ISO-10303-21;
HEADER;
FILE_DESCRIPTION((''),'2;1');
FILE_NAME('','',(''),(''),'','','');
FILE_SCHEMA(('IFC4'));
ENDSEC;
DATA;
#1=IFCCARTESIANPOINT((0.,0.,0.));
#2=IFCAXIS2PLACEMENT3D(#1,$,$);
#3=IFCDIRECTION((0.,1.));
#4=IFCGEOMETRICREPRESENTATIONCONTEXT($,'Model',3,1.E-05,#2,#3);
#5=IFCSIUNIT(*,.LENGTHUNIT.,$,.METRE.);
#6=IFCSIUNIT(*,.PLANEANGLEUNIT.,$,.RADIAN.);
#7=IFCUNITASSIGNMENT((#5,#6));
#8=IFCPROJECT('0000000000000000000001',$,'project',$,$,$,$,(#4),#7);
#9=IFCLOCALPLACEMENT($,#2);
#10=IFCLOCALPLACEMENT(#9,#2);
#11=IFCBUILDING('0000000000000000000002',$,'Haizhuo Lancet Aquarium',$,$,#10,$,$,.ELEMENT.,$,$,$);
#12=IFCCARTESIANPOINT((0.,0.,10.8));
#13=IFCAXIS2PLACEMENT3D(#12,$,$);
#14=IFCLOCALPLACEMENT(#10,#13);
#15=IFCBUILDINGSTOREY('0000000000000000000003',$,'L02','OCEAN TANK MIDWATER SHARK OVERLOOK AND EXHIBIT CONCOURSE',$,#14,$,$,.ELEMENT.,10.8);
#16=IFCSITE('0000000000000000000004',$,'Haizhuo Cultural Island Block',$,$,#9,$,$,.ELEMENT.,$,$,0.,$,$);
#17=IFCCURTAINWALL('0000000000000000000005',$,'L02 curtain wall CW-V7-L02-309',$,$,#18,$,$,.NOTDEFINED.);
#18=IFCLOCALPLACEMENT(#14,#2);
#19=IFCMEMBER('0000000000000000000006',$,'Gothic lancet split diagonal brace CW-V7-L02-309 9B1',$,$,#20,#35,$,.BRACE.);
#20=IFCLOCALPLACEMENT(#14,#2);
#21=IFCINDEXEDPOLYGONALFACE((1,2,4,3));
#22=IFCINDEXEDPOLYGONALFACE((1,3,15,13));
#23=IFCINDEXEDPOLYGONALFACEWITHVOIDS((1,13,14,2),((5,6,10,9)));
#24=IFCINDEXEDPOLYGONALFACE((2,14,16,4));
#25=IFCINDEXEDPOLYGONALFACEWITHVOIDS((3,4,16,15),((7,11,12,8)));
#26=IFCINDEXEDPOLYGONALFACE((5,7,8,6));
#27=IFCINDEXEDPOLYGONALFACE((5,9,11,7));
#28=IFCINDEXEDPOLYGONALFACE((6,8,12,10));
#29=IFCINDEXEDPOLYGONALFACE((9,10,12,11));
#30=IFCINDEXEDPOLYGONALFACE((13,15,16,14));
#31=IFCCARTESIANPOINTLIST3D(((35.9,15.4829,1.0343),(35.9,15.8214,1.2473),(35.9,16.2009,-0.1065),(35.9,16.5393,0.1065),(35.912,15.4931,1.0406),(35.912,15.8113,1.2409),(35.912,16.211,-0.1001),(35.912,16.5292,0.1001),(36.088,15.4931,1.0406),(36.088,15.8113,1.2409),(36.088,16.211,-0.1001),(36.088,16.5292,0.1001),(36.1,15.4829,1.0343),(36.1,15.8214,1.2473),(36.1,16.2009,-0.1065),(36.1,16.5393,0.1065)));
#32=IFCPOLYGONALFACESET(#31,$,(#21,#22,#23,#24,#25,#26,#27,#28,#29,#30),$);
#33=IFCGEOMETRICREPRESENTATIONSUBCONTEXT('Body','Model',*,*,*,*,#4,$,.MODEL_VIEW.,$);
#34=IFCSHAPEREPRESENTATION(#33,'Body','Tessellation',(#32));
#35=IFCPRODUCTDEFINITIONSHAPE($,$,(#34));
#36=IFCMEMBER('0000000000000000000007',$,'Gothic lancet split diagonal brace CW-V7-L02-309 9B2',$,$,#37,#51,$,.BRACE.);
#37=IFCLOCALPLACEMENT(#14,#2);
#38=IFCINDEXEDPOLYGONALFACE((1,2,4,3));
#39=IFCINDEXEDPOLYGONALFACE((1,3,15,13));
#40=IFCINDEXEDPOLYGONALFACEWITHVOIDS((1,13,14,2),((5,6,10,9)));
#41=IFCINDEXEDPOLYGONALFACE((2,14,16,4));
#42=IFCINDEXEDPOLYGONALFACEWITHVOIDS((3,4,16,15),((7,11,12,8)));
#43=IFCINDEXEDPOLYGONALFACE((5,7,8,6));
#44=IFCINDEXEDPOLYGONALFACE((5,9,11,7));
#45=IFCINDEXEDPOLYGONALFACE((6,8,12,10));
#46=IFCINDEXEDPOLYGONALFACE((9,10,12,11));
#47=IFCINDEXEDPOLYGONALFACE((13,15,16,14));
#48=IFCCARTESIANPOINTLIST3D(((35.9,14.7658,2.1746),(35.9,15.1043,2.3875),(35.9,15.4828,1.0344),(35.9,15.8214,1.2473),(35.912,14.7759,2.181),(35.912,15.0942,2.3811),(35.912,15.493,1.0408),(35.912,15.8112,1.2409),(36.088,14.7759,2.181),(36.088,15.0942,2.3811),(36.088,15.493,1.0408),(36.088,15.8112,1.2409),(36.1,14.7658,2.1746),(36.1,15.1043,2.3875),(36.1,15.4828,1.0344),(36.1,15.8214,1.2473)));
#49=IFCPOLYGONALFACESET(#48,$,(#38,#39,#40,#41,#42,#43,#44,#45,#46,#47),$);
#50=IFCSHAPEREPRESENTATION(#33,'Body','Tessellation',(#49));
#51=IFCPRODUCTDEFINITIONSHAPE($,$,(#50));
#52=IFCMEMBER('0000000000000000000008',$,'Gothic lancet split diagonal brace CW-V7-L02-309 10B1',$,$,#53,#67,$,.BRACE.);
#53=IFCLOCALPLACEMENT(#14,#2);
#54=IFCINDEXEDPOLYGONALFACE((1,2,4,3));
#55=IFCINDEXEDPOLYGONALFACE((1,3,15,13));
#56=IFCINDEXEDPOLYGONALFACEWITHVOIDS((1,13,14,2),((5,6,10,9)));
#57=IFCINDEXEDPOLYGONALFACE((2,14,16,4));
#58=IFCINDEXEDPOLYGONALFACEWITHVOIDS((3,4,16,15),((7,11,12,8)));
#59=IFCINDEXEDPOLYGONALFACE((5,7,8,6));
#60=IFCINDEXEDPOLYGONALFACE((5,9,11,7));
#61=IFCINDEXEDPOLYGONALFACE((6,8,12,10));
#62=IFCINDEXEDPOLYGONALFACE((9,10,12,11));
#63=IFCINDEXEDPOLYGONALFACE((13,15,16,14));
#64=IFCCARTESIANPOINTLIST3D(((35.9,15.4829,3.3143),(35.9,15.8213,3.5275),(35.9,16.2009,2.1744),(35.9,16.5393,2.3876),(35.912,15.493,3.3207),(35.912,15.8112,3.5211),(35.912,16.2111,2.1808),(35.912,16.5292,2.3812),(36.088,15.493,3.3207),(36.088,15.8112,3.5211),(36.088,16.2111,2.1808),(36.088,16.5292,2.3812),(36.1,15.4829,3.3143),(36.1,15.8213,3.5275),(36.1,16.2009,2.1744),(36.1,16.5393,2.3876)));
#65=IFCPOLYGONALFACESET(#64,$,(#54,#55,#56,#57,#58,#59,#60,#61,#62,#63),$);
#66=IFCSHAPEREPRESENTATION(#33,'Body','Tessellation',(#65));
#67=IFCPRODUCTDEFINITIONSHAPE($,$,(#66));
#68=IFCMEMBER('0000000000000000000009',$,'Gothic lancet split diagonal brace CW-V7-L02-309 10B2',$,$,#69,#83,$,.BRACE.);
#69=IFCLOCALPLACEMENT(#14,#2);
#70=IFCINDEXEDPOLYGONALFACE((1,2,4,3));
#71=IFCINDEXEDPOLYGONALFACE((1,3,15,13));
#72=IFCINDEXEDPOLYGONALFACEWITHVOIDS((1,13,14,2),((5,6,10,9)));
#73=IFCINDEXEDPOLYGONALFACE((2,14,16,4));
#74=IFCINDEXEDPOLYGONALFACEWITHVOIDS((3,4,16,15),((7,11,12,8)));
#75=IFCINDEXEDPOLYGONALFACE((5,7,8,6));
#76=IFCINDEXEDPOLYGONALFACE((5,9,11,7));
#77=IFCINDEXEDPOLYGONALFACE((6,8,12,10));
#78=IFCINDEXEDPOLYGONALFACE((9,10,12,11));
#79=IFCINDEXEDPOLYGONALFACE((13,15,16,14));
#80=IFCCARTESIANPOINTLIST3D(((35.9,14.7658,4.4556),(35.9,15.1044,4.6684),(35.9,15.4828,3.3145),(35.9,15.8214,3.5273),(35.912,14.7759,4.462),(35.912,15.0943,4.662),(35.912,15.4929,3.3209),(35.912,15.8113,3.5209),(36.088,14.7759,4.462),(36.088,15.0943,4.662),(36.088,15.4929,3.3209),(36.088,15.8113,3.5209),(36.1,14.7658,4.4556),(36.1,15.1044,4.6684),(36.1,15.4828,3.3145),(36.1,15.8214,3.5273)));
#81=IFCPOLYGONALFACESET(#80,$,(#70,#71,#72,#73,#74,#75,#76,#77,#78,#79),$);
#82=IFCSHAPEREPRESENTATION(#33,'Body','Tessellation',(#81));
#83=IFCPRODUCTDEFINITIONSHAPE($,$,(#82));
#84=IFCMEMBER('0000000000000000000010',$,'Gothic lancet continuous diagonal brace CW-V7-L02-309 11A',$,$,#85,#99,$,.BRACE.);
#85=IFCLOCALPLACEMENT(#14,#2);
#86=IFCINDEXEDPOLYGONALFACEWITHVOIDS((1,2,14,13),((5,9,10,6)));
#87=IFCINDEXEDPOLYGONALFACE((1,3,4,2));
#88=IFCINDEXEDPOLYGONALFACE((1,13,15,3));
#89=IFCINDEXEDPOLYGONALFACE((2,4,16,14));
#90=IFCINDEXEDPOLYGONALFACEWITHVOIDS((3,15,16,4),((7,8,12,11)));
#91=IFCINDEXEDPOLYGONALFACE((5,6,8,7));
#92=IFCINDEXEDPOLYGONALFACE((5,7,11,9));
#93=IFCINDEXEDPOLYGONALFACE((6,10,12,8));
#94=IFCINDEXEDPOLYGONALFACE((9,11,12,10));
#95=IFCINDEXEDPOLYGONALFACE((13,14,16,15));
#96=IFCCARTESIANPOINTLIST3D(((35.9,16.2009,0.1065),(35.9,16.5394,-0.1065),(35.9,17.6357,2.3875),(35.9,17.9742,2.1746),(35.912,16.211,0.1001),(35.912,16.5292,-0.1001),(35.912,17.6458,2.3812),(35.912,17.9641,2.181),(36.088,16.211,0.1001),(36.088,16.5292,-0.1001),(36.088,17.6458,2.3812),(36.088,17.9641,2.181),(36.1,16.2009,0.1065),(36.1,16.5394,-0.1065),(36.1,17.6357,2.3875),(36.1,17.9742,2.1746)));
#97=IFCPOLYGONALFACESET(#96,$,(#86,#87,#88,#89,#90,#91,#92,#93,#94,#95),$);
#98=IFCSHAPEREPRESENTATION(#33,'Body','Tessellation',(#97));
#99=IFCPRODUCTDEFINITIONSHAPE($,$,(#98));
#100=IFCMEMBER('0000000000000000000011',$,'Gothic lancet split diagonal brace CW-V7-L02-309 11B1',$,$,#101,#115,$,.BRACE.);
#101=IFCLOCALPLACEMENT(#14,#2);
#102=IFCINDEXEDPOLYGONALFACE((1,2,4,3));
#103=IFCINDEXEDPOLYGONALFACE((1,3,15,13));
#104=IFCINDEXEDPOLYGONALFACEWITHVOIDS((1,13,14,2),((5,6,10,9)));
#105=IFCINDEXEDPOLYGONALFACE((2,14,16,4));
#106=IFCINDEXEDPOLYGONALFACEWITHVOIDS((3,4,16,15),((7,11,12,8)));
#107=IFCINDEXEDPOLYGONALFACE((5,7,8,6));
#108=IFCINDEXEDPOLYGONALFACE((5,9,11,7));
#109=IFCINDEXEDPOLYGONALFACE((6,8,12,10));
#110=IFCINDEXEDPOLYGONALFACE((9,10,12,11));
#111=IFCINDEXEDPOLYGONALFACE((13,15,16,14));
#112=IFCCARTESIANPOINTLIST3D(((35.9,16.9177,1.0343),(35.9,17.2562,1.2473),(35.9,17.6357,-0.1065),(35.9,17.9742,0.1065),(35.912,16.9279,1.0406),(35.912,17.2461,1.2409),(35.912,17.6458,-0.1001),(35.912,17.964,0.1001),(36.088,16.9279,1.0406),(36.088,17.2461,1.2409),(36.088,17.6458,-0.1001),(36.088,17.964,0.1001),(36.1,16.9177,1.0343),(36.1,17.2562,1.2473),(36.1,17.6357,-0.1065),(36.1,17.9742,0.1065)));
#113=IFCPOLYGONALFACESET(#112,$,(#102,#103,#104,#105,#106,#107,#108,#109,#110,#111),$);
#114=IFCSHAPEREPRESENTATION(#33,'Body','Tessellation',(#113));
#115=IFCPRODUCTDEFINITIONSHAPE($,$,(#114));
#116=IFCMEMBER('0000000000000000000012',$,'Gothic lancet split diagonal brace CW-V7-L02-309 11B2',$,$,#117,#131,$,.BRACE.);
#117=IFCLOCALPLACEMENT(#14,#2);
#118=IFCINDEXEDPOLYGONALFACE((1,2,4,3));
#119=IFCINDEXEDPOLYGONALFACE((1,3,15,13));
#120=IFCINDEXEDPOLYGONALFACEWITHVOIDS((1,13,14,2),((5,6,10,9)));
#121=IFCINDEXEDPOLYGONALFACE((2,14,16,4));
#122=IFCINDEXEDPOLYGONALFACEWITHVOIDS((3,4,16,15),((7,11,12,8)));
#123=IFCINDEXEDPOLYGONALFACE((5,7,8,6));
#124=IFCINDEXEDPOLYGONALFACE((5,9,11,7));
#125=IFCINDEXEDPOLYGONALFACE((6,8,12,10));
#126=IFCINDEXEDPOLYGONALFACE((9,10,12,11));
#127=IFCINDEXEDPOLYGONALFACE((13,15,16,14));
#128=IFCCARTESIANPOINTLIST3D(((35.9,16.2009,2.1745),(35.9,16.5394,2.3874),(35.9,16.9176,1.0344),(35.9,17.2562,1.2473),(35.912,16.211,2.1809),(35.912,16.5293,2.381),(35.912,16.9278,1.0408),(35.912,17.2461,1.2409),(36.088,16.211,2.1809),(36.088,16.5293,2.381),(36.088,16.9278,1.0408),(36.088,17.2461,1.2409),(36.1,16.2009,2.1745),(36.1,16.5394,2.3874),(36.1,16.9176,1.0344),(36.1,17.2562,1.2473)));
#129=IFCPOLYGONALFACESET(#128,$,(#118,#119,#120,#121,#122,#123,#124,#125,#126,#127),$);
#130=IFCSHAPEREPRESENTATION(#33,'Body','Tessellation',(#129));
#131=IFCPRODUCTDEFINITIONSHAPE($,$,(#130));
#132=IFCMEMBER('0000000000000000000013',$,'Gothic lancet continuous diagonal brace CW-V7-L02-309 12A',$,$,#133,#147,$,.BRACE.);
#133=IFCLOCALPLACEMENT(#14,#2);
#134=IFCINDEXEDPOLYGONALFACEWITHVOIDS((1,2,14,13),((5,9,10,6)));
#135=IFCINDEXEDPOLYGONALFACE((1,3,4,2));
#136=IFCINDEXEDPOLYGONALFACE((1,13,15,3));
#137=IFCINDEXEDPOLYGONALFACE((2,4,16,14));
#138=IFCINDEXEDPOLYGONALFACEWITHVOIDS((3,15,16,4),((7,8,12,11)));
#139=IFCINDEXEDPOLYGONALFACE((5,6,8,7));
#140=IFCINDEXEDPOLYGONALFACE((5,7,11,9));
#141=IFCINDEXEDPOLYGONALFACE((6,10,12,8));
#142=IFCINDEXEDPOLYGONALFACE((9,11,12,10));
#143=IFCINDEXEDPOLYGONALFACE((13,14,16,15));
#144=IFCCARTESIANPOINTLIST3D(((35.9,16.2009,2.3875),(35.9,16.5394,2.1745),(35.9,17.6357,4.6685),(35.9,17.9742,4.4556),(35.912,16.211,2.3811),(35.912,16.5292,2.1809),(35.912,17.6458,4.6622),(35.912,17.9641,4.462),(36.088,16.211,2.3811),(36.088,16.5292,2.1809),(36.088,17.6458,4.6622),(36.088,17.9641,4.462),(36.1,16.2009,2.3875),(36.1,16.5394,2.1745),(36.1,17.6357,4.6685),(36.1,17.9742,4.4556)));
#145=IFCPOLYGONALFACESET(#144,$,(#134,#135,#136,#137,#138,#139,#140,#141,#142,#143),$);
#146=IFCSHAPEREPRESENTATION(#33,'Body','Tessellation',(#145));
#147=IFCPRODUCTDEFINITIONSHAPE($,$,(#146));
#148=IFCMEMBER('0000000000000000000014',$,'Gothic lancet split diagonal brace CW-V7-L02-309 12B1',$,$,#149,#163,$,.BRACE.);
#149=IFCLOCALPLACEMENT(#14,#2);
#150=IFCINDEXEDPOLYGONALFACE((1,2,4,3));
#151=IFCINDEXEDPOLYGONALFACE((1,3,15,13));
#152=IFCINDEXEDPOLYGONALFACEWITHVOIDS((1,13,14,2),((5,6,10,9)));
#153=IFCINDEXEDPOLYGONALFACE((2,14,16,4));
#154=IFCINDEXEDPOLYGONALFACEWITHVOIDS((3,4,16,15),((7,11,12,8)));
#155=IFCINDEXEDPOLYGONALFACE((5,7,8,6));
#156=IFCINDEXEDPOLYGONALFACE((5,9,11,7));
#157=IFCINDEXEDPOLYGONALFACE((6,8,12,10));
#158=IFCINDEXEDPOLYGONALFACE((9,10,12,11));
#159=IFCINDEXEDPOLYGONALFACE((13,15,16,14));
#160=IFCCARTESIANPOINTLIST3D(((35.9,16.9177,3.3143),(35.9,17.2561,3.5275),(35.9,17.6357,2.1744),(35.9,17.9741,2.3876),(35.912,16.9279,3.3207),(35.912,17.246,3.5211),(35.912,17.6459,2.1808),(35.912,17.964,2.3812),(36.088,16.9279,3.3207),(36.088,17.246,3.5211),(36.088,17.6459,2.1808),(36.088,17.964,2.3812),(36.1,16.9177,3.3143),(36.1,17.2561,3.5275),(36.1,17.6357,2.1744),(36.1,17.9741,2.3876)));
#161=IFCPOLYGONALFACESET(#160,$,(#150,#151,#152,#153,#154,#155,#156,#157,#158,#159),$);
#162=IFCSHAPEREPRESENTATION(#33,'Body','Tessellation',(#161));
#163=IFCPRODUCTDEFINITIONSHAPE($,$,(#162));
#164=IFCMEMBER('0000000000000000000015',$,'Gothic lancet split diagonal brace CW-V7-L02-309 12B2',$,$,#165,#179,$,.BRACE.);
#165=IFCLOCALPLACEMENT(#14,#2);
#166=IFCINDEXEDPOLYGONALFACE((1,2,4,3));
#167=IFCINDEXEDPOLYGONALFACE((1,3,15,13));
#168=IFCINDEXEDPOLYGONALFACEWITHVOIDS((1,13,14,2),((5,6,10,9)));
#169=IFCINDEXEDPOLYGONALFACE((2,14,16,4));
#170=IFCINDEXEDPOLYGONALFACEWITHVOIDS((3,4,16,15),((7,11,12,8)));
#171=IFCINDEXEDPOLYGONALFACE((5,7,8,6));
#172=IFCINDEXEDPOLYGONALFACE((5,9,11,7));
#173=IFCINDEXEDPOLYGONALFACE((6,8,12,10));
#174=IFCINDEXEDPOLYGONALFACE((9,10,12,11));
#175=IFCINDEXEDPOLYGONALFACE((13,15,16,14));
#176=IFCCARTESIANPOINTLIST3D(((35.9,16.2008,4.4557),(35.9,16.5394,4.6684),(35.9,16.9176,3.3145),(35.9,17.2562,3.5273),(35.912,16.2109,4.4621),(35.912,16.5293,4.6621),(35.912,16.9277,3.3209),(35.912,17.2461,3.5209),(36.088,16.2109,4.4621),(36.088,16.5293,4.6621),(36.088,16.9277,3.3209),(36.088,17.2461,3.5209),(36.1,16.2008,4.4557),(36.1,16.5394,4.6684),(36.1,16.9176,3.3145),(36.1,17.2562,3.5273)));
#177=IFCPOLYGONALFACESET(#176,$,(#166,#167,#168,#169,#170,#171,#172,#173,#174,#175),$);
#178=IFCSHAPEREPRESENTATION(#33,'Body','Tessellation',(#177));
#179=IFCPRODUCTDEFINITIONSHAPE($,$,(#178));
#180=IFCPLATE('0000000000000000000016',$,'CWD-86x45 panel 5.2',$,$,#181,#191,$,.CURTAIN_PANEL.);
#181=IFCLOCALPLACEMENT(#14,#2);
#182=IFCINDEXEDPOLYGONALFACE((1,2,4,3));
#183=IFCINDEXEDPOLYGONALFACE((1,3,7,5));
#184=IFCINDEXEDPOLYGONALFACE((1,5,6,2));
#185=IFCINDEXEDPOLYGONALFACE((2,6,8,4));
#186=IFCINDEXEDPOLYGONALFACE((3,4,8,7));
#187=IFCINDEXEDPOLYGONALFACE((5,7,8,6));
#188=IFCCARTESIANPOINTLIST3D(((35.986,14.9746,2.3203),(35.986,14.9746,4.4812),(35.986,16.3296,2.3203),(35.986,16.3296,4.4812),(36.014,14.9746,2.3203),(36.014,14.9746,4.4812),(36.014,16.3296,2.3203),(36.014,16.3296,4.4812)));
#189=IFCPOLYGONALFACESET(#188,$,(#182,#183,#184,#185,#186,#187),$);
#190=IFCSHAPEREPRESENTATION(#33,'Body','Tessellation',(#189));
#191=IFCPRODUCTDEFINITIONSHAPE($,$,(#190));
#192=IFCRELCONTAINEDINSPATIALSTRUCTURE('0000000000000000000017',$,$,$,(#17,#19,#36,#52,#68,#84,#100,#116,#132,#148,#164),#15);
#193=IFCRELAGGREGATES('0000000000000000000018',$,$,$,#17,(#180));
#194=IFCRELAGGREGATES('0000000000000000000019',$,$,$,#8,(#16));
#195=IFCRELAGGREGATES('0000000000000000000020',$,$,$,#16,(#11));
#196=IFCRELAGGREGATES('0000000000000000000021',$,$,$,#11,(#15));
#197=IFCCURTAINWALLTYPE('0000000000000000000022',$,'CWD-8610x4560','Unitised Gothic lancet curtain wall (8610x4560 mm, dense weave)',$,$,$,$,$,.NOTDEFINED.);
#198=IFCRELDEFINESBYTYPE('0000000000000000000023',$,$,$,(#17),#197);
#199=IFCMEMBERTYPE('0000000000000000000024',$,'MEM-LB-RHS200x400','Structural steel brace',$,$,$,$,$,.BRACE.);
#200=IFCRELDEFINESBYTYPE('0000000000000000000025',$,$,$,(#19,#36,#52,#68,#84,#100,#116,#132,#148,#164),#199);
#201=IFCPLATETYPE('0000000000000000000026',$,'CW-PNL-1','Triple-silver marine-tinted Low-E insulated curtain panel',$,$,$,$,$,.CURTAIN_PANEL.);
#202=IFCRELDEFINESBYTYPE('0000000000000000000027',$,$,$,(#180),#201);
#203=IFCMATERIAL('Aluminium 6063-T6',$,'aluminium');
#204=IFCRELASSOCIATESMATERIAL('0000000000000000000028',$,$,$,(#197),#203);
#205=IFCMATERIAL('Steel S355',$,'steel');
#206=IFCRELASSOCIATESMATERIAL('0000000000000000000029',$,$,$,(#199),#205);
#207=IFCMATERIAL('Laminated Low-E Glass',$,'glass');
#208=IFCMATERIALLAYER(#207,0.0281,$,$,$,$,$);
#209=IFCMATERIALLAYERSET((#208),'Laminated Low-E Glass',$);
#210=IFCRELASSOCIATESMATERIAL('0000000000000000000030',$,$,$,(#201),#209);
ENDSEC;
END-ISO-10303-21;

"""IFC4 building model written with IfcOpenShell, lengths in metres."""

from ifc_helpers import new_model, si_unit, direction, frame, origin, origin_2d, place, context, subcontext, project, spatial, rectangle, hollow_rectangle, extrude, material, layer, layer_set, material_profile, profile_set, type_object, element, aggregate, save


model = new_model("IFC4")

# Units and contexts
model_context = context("Model", 3, precision=1e-05, world=origin(), true_north=direction((0.0, 1.0)))
body_context = subcontext(model_context, "Body", "Model", "MODEL_VIEW")
ifc_project = project(units=[si_unit("LENGTHUNIT", "METRE"), si_unit("PLANEANGLEUNIT", "RADIAN")], contexts=[model_context])

# Site, building, storey
site_placement = place(None, origin())
site = spatial("IfcSite", under=ifc_project, at=site_placement, Name="Haizhuo Cultural Island Block", CompositionType="ELEMENT", RefElevation=0.0)
building_placement = place(site_placement, origin())
building = spatial("IfcBuilding", under=site, at=building_placement, Name="Haizhuo Lancet Aquarium", CompositionType="ELEMENT")
storey_placement = place(building_placement, frame((0.0, 0.0, 10.8)))
storey = spatial("IfcBuildingStorey", under=building, at=storey_placement, Name="L02", Description="OCEAN TANK MIDWATER SHARK OVERLOOK AND EXHIBIT CONCOURSE", CompositionType="ELEMENT", Elevation=10.8)

# Shared definitions
ifc_material_1 = material(Name="Steel S355", Category="steel")

# Curtain wall
ifc_material_2 = material(Name="Aluminium 6063-T6", Category="aluminium")
curtain_wall_type = type_object("IfcCurtainWallType", Name="CWD-8610x4560", Description="Unitised Gothic lancet curtain wall (8610x4560 mm, dense weave)", PredefinedType="NOTDEFINED", material=ifc_material_2)
curtain_wall_placement = place(storey_placement, origin())
curtain_wall = element("IfcCurtainWall", 1, at=curtain_wall_placement, inside=storey, type_object=curtain_wall_type, Name="L02 curtain wall CW-V7-L02-309", PredefinedType="NOTDEFINED")

# Members
ifc_material_profile_1 = material_profile(ifc_material_1, hollow_rectangle(XDim=0.2, YDim=0.3999, WallThickness=0.012, at=origin_2d()), Name="RHS 200x400x12")
ifc_profile_set_1 = profile_set([ifc_material_profile_1], Name="Steel S355")
member_type_1 = type_object("IfcMemberType", Name="MEM-LB-RHS200x400", Description="Structural steel brace", PredefinedType="BRACE", material=ifc_profile_set_1)
member_1_placement = place(storey_placement, frame((36.0, 16.3701, 0.0), z_axis=(0.0, -0.53265, 0.846336), x_axis=(1.0, 0.0, 0.0)))
element("IfcMember", 2, at=member_1_placement, inside=storey, type_object=member_type_1, Name="Gothic lancet split diagonal brace CW-V7-L02-309 9B1", PredefinedType="BRACE", context=body_context, shape_type="SweptSolid", body=[
    extrude(hollow_rectangle(XDim=0.2, YDim=0.3999, WallThickness=0.012, at=origin_2d()), origin(), (0.0, 0.0, 1.0), 1.3479),
])
member_2_placement = place(storey_placement, frame((36.0, 15.6521, 1.1409), z_axis=(0.0, -0.532376, 0.846508), x_axis=(1.0, 0.0, 0.0)))
element("IfcMember", 3, at=member_2_placement, inside=storey, type_object=member_type_1, Name="Gothic lancet split diagonal brace CW-V7-L02-309 9B2", PredefinedType="BRACE", context=body_context, shape_type="SweptSolid", body=[
    extrude(hollow_rectangle(XDim=0.2, YDim=0.3999, WallThickness=0.012, at=origin_2d()), origin(), (0.0, 0.0, 1.0), 1.3469),
])
member_3_placement = place(storey_placement, frame((36.0, 16.3701, 2.281), z_axis=(0.0, -0.532977, 0.84613), x_axis=(1.0, 0.0, 0.0)))
element("IfcMember", 4, at=member_3_placement, inside=storey, type_object=member_type_1, Name="Gothic lancet split diagonal brace CW-V7-L02-309 10B1", PredefinedType="BRACE", context=body_context, shape_type="SweptSolid", body=[
    extrude(hollow_rectangle(XDim=0.2, YDim=0.3999, WallThickness=0.012, at=origin_2d()), origin(), (0.0, 0.0, 1.0), 1.3472),
])
member_4_placement = place(storey_placement, frame((36.0, 15.6521, 3.4209), z_axis=(0.0, -0.532049, 0.846713), x_axis=(1.0, 0.0, 0.0)))
element("IfcMember", 5, at=member_4_placement, inside=storey, type_object=member_type_1, Name="Gothic lancet split diagonal brace CW-V7-L02-309 10B2", PredefinedType="BRACE", context=body_context, shape_type="SweptSolid", body=[
    extrude(hollow_rectangle(XDim=0.2, YDim=0.3999, WallThickness=0.012, at=origin_2d()), origin(), (0.0, 0.0, 1.0), 1.3477),
])
member_5_placement = place(storey_placement, frame((36.0, 16.3701, 0.0), z_axis=(0.0, 0.532448, 0.846463), x_axis=(-1.0, 0.0, 0.0)))
element("IfcMember", 6, at=member_5_placement, inside=storey, type_object=member_type_1, Name="Gothic lancet continuous diagonal brace CW-V7-L02-309 11A", PredefinedType="BRACE", context=body_context, shape_type="SweptSolid", body=[
    extrude(hollow_rectangle(XDim=0.2, YDim=0.3999, WallThickness=0.012, at=origin_2d()), origin(), (0.0, 0.0, 1.0), 2.6948),
])
member_6_placement = place(storey_placement, frame((36.0, 17.8049, 0.0), z_axis=(0.0, -0.53265, 0.846336), x_axis=(1.0, 0.0, 0.0)))
element("IfcMember", 7, at=member_6_placement, inside=storey, type_object=member_type_1, Name="Gothic lancet split diagonal brace CW-V7-L02-309 11B1", PredefinedType="BRACE", context=body_context, shape_type="SweptSolid", body=[
    extrude(hollow_rectangle(XDim=0.2, YDim=0.3999, WallThickness=0.012, at=origin_2d()), origin(), (0.0, 0.0, 1.0), 1.3479),
])
member_7_placement = place(storey_placement, frame((36.0, 17.0869, 1.1409), z_axis=(0.0, -0.532246, 0.84659), x_axis=(1.0, 0.0, 0.0)))
element("IfcMember", 8, at=member_7_placement, inside=storey, type_object=member_type_1, Name="Gothic lancet split diagonal brace CW-V7-L02-309 11B2", PredefinedType="BRACE", context=body_context, shape_type="SweptSolid", body=[
    extrude(hollow_rectangle(XDim=0.2, YDim=0.3999, WallThickness=0.012, at=origin_2d()), origin(), (0.0, 0.0, 1.0), 1.3467),
])
member_8_placement = place(storey_placement, frame((36.0, 16.3701, 2.281), z_axis=(0.0, 0.532448, 0.846463), x_axis=(-1.0, 0.0, 0.0)))
element("IfcMember", 9, at=member_8_placement, inside=storey, type_object=member_type_1, Name="Gothic lancet continuous diagonal brace CW-V7-L02-309 12A", PredefinedType="BRACE", context=body_context, shape_type="SweptSolid", body=[
    extrude(hollow_rectangle(XDim=0.2, YDim=0.3999, WallThickness=0.012, at=origin_2d()), origin(), (0.0, 0.0, 1.0), 2.6948),
])
member_9_placement = place(storey_placement, frame((36.0, 17.8049, 2.281), z_axis=(0.0, -0.532977, 0.84613), x_axis=(1.0, 0.0, 0.0)))
element("IfcMember", 10, at=member_9_placement, inside=storey, type_object=member_type_1, Name="Gothic lancet split diagonal brace CW-V7-L02-309 12B1", PredefinedType="BRACE", context=body_context, shape_type="SweptSolid", body=[
    extrude(hollow_rectangle(XDim=0.2, YDim=0.3999, WallThickness=0.012, at=origin_2d()), origin(), (0.0, 0.0, 1.0), 1.3472),
])
member_10_placement = place(storey_placement, frame((36.0, 17.0869, 3.4209), z_axis=(0.0, -0.531919, 0.846795), x_axis=(1.0, 0.0, 0.0)))
element("IfcMember", 11, at=member_10_placement, inside=storey, type_object=member_type_1, Name="Gothic lancet split diagonal brace CW-V7-L02-309 12B2", PredefinedType="BRACE", context=body_context, shape_type="SweptSolid", body=[
    extrude(hollow_rectangle(XDim=0.2, YDim=0.3999, WallThickness=0.012, at=origin_2d()), origin(), (0.0, 0.0, 1.0), 1.3477),
])

# Plate
ifc_material_3 = material(Name="Laminated Low-E Glass", Category="glass")
ifc_layer = layer(ifc_material_3, 0.0281)
ifc_layer_set = layer_set([ifc_layer], Name="Laminated Low-E Glass")
plate_type = type_object("IfcPlateType", Name="CW-PNL-1", Description="Triple-silver marine-tinted Low-E insulated curtain panel", PredefinedType="CURTAIN_PANEL", material=ifc_layer_set)
plate_1_placement = place(storey_placement, frame((36.0, 15.6521, 2.3203), z_axis=(0.0, 0.0, 1.0), x_axis=(0.0, 1.0, 0.0)))
plate_1 = element("IfcPlate", 12, at=plate_1_placement, type_object=plate_type, Name="CWD-86x45 panel 5.2", PredefinedType="CURTAIN_PANEL", context=body_context, shape_type="SweptSolid", body=[
    extrude(rectangle(XDim=1.355, YDim=0.0281, at=origin_2d()), origin(), (0.0, 0.0, 1.0), 2.1609),
])
aggregate(curtain_wall, [plate_1])

save(model, "model.ifc")
